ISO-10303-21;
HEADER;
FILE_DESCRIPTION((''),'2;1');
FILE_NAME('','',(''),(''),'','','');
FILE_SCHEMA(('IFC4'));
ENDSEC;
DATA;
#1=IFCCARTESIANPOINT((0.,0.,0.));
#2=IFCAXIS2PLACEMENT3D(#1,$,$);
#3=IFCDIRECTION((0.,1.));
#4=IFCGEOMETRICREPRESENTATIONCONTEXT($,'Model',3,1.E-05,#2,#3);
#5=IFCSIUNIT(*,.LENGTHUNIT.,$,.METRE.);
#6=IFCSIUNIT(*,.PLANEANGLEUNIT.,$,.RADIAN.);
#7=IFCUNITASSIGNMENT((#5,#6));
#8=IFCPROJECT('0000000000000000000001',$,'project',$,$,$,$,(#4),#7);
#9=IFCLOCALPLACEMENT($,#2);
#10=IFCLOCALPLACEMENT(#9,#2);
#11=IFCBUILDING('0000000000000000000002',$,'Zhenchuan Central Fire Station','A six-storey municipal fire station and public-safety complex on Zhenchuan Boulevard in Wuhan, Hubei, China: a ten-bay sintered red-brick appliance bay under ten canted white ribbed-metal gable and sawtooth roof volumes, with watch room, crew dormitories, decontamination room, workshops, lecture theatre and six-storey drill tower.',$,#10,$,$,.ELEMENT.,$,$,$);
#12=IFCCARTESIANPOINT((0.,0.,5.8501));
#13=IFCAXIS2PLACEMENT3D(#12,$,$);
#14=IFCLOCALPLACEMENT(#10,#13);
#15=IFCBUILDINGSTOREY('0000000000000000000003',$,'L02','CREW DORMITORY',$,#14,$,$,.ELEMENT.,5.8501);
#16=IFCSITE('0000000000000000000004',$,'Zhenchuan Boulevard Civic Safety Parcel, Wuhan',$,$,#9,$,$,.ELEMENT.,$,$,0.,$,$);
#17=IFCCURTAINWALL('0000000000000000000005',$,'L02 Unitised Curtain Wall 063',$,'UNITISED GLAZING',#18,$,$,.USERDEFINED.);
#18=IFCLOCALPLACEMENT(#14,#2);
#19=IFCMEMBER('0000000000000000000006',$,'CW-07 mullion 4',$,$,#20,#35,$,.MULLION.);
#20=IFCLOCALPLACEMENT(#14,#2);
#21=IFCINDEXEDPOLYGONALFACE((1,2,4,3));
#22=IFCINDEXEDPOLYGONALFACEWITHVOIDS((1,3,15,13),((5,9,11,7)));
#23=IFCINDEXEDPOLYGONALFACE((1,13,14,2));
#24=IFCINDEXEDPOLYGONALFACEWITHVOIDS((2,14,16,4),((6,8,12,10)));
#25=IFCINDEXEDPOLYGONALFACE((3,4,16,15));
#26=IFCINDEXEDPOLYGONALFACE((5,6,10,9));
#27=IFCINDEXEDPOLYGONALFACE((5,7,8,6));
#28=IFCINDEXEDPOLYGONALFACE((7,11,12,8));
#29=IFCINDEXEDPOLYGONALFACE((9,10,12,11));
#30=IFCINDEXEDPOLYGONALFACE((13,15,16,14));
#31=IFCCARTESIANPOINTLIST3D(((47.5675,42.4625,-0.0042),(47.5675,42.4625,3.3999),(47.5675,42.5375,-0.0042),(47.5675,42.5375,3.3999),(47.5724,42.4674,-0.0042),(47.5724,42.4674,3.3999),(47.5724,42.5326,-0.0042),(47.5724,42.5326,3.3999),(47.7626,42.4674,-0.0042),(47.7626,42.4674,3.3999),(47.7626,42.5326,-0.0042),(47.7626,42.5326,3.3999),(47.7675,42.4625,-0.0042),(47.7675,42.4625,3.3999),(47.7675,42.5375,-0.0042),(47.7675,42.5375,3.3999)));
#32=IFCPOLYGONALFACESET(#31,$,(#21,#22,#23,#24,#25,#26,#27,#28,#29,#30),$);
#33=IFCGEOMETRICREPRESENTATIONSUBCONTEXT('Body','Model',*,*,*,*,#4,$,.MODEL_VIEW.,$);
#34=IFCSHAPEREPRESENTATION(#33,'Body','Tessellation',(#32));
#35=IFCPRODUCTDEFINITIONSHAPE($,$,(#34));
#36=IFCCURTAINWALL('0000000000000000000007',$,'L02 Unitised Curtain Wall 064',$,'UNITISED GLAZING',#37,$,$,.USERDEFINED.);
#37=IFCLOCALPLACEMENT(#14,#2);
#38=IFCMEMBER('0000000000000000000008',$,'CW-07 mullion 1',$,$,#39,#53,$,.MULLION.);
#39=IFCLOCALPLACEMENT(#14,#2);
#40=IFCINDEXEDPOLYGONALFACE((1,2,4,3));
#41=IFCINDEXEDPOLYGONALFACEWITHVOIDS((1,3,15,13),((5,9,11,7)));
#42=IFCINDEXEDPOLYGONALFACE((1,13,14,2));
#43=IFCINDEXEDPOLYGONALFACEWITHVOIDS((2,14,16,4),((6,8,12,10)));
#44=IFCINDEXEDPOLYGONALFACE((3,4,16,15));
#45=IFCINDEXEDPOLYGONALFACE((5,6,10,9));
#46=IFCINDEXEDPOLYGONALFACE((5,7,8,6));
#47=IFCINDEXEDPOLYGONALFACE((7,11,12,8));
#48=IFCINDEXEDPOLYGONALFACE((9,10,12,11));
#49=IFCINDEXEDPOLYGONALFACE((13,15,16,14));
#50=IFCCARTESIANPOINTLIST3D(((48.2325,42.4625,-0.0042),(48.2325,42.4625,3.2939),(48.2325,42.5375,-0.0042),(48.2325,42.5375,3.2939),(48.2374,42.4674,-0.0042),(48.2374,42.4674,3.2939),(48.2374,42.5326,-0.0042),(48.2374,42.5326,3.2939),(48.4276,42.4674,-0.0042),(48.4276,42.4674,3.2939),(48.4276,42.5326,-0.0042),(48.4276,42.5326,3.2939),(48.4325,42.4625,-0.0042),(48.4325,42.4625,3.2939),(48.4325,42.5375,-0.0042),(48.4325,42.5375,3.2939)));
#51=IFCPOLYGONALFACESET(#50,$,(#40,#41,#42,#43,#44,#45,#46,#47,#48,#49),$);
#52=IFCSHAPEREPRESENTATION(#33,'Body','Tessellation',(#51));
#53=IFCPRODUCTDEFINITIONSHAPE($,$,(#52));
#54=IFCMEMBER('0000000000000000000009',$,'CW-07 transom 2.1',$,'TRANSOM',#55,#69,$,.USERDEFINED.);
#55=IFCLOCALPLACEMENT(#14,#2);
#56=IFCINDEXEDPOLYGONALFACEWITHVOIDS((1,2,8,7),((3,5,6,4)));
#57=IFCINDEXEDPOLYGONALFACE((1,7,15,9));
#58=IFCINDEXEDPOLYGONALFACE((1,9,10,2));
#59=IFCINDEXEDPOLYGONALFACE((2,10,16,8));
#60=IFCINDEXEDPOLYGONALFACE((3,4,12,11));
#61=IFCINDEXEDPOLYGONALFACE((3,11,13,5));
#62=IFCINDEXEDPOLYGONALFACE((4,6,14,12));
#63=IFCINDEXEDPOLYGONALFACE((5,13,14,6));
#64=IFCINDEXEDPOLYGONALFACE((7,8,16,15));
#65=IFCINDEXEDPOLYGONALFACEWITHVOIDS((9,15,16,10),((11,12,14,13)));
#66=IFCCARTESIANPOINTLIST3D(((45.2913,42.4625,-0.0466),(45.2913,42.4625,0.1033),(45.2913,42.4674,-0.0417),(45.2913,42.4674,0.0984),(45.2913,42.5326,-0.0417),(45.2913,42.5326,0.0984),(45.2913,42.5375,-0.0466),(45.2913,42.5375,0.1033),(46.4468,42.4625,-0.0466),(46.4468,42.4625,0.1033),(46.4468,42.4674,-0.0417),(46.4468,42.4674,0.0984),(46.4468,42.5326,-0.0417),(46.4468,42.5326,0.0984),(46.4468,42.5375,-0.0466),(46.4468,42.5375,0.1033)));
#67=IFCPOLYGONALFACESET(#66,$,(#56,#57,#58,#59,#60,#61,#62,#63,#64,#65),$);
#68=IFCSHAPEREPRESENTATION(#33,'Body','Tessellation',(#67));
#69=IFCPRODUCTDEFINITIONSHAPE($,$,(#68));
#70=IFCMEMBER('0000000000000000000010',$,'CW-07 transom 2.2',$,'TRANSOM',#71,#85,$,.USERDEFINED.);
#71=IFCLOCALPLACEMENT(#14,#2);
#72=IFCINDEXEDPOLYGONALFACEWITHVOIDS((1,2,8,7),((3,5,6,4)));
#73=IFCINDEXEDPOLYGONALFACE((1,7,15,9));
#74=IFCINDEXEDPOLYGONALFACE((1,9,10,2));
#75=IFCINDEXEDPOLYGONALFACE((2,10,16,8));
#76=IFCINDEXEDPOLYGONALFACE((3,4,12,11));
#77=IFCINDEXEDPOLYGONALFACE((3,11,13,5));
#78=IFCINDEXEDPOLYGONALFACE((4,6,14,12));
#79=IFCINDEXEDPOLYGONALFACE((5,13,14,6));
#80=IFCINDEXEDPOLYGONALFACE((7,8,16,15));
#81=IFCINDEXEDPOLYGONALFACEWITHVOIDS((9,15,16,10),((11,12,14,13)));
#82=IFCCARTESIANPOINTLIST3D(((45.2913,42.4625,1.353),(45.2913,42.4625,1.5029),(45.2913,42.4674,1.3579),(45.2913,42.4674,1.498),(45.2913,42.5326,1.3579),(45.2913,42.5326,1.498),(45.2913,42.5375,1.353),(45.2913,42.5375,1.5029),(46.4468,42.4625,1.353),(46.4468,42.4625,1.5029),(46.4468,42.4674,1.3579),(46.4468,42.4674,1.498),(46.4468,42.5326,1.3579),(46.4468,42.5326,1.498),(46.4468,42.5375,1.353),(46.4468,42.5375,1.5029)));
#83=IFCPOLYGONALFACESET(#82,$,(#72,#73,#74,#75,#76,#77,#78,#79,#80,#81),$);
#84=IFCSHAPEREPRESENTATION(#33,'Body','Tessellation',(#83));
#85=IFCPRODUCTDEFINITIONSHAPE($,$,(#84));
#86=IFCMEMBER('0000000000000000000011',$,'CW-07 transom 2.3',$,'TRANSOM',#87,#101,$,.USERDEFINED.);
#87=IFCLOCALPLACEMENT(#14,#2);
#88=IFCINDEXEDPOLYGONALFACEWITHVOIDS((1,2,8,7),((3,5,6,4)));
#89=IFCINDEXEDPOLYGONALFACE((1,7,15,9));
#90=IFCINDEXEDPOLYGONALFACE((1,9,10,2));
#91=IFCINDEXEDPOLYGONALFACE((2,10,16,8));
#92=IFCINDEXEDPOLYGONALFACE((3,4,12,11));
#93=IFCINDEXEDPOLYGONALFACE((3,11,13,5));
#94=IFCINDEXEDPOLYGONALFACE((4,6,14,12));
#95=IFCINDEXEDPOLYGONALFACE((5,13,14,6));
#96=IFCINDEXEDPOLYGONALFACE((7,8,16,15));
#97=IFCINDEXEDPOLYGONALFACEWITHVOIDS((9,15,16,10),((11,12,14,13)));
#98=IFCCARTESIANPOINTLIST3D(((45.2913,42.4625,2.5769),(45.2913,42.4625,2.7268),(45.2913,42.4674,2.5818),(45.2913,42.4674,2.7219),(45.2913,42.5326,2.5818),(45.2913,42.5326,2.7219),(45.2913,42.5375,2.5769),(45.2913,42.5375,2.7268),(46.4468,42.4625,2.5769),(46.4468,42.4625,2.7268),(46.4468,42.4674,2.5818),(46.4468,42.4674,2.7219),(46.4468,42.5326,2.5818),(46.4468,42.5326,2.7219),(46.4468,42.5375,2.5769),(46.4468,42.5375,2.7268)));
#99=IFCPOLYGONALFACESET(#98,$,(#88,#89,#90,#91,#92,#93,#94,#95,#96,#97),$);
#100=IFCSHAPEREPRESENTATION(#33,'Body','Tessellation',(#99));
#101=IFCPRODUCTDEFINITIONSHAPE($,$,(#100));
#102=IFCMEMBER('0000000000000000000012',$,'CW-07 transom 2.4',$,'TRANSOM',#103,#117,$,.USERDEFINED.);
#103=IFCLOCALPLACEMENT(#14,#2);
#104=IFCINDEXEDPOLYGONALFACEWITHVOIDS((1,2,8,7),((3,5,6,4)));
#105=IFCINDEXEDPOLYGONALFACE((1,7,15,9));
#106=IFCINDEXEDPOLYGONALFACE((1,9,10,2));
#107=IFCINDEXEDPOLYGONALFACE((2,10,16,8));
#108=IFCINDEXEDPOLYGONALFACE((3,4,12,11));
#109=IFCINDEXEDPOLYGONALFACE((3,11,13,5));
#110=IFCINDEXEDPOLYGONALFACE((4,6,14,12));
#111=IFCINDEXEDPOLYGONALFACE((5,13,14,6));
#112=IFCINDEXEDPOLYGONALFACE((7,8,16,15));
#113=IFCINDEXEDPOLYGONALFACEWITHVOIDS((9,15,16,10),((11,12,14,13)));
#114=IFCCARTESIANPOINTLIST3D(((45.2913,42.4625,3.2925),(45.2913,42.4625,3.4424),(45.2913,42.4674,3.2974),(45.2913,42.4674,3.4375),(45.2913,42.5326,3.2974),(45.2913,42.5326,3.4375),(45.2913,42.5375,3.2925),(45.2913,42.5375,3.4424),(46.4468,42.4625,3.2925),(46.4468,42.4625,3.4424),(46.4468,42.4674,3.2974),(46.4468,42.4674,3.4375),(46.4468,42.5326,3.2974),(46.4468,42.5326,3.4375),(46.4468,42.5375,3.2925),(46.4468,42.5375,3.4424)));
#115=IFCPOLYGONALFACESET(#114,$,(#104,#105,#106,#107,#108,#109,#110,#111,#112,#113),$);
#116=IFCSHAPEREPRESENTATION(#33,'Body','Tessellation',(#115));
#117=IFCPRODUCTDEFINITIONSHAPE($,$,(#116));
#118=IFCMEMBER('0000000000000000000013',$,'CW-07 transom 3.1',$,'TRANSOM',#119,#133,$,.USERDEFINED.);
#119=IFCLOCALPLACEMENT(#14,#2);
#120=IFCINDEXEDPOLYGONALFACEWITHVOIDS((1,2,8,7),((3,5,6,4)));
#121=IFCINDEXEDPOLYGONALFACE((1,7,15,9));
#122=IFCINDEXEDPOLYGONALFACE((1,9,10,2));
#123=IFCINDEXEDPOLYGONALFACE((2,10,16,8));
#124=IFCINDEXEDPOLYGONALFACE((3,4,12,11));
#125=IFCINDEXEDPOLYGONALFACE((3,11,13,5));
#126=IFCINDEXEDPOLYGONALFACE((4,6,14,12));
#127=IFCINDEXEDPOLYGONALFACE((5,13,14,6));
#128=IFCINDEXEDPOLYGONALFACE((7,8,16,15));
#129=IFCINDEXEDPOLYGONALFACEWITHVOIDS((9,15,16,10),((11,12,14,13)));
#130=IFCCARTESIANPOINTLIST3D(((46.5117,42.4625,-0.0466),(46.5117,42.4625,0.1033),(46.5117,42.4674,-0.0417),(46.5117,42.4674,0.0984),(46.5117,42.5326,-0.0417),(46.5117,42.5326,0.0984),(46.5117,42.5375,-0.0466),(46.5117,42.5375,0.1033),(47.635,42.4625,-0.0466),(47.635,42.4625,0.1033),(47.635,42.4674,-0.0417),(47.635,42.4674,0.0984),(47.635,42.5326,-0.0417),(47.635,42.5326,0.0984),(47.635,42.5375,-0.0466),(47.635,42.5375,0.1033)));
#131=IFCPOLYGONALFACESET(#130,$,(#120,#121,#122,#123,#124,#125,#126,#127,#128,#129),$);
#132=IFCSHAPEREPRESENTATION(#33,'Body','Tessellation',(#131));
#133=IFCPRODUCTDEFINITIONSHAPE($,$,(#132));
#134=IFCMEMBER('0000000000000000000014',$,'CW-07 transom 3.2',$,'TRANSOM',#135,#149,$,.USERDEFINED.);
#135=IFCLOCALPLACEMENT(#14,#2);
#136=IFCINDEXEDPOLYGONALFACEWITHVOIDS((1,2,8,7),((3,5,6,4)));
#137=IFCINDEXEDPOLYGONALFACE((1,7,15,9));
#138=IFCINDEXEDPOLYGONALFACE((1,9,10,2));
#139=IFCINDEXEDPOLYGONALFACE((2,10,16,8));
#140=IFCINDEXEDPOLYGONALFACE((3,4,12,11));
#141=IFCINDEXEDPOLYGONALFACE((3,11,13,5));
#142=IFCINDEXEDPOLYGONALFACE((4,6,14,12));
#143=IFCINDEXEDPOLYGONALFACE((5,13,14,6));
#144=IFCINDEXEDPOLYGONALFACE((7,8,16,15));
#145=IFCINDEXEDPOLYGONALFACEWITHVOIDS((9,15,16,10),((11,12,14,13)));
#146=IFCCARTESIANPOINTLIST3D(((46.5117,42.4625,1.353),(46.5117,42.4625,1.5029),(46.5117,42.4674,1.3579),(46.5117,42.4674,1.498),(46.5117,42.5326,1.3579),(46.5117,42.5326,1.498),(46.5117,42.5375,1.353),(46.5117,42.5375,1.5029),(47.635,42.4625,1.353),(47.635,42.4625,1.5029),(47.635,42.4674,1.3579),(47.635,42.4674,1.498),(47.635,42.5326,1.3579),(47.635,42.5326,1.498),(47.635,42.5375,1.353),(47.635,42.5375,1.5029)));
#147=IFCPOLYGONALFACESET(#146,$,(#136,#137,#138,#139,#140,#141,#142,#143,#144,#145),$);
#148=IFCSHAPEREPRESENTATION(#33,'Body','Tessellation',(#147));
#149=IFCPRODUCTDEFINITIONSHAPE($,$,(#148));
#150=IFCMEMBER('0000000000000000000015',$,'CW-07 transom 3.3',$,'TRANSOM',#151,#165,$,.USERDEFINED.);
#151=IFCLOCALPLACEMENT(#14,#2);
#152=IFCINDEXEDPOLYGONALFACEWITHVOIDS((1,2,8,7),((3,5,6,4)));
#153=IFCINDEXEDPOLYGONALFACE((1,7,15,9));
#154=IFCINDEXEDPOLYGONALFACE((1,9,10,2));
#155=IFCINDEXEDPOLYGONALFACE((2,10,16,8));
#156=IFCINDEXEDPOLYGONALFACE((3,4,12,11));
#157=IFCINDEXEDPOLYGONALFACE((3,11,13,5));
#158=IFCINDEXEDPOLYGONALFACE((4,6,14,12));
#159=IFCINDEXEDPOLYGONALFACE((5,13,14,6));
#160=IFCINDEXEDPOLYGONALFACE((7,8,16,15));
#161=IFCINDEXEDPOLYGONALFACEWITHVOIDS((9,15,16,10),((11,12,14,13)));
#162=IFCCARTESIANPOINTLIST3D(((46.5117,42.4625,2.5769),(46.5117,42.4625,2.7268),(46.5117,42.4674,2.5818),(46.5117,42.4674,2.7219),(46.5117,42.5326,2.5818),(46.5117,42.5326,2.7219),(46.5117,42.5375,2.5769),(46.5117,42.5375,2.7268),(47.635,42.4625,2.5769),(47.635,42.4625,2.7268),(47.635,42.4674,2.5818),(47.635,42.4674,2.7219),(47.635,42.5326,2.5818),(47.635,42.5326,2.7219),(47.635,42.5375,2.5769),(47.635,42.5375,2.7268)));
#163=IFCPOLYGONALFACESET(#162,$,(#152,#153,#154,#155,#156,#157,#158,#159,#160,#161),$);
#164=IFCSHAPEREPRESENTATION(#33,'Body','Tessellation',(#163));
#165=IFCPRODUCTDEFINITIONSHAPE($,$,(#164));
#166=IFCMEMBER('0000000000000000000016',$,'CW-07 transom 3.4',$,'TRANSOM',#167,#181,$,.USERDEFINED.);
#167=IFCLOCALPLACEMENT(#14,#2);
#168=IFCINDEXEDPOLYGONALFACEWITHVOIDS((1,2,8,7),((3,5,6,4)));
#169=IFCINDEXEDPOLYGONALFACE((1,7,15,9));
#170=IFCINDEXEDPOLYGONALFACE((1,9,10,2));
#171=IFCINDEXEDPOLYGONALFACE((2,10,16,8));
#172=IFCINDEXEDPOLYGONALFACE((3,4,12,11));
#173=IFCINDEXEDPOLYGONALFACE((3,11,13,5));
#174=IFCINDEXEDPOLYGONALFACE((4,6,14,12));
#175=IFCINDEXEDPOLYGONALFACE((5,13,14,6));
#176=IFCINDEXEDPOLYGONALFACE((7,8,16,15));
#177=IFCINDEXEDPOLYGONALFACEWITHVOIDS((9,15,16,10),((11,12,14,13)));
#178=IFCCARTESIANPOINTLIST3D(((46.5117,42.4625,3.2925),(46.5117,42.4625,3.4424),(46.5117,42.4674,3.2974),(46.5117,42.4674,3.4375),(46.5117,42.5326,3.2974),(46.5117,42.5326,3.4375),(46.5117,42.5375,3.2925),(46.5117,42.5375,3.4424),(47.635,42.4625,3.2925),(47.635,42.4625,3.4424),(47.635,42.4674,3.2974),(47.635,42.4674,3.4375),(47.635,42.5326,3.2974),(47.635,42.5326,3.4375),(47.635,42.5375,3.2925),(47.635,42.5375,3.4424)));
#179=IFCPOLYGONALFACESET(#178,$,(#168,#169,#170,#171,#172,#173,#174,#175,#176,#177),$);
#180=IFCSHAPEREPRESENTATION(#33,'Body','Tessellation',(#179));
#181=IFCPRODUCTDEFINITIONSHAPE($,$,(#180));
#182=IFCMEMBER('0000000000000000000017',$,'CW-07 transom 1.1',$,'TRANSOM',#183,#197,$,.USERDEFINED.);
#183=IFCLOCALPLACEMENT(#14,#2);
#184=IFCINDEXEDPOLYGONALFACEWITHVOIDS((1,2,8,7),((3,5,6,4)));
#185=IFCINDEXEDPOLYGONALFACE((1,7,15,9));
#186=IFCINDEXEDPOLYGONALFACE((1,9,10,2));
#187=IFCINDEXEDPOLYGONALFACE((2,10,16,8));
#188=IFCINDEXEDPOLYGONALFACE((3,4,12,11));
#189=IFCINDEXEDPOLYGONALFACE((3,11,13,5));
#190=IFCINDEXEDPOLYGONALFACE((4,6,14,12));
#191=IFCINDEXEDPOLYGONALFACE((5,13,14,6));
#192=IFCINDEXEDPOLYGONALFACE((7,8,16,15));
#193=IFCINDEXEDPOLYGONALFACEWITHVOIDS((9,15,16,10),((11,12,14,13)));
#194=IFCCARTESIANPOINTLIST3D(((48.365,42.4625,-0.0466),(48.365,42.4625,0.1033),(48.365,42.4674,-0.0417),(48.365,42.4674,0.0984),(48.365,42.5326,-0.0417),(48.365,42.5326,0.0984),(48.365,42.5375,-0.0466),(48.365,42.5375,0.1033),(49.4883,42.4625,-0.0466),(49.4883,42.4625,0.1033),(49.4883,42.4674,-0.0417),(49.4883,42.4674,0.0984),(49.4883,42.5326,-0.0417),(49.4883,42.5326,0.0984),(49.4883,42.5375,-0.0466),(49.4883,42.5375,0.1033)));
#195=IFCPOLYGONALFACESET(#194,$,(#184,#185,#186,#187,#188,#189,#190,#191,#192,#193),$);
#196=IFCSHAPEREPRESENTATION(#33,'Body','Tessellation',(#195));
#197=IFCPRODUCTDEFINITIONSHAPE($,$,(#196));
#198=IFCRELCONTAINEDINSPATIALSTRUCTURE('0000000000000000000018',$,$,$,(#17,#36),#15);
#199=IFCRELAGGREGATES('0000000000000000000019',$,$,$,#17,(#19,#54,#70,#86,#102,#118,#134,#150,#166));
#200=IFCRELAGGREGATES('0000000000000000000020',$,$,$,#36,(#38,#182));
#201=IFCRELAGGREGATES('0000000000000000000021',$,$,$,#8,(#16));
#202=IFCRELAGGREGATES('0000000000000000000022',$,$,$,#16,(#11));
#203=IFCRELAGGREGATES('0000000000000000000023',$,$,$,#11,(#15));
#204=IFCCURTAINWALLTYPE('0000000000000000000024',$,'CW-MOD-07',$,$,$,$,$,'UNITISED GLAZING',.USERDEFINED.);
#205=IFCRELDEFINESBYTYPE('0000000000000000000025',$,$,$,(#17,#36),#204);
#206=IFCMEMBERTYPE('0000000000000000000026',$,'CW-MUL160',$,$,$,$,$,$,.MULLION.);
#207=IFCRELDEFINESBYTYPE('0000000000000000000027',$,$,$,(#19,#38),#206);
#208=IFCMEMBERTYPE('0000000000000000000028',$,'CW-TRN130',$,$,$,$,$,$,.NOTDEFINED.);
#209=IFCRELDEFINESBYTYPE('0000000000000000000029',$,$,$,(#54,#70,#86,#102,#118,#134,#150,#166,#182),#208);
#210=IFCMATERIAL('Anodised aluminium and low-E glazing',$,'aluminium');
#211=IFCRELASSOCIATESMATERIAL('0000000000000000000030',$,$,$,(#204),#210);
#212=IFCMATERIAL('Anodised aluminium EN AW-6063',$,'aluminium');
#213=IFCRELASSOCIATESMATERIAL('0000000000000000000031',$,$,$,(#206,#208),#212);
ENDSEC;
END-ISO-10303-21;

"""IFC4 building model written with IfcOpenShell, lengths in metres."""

from ifc_helpers import new_model, si_unit, direction, frame, origin, origin_2d, place, context, subcontext, project, spatial, hollow_rectangle, extrude, material, material_profile, profile_set, type_object, element, aggregate, save


model = new_model("IFC4")

# Units and contexts
model_context = context("Model", 3, precision=1e-05, world=origin(), true_north=direction((0.0, 1.0)))
body_context = subcontext(model_context, "Body", "Model", "MODEL_VIEW")
ifc_project = project(units=[si_unit("LENGTHUNIT", "METRE"), si_unit("PLANEANGLEUNIT", "RADIAN")], contexts=[model_context])

# Site, building, storey
site_placement = place(None, origin())
site = spatial("IfcSite", under=ifc_project, at=site_placement, Name="Zhenchuan Boulevard Civic Safety Parcel, Wuhan", CompositionType="ELEMENT", RefElevation=0.0)
building_placement = place(site_placement, origin())
building = spatial("IfcBuilding", under=site, at=building_placement, Name="Zhenchuan Central Fire Station", Description="A six-storey municipal fire station and public-safety complex on Zhenchuan Boulevard in Wuhan, Hubei, China: a ten-bay sintered red-brick appliance bay under ten canted white ribbed-metal gable and sawtooth roof volumes, with watch room, crew dormitories, decontamination room, workshops, lecture theatre and six-storey drill tower.", CompositionType="ELEMENT")
storey_placement = place(building_placement, frame((0.0, 0.0, 5.8501)))
storey = spatial("IfcBuildingStorey", under=building, at=storey_placement, Name="L02", Description="CREW DORMITORY", CompositionType="ELEMENT", Elevation=5.8501)

# Curtain wall, member
ifc_material_1 = material(Name="Anodised aluminium and low-E glazing", Category="aluminium")
curtain_wall_type = type_object("IfcCurtainWallType", Name="CW-MOD-07", ElementType="UNITISED GLAZING", PredefinedType="USERDEFINED", material=ifc_material_1)
curtain_wall_1_placement = place(storey_placement, origin())
curtain_wall_1 = element("IfcCurtainWall", 1, at=curtain_wall_1_placement, inside=storey, type_object=curtain_wall_type, Name="L02 Unitised Curtain Wall 063", ObjectType="UNITISED GLAZING", PredefinedType="USERDEFINED")
ifc_material_2 = material(Name="Anodised aluminium EN AW-6063", Category="aluminium")
ifc_material_profile_1 = material_profile(ifc_material_2, hollow_rectangle(XDim=0.075, YDim=0.2, WallThickness=0.0049, at=origin_2d()), Name="ALU-M 200x75")
ifc_profile_set_1 = profile_set([ifc_material_profile_1], Name="Anodised aluminium EN AW-6063")
member_type_1 = type_object("IfcMemberType", Name="CW-MUL160", PredefinedType="MULLION", material=ifc_profile_set_1)
member_1_placement = place(storey_placement, frame((47.6675, 42.5, -0.0042), z_axis=(0.0, 0.0, 1.0), x_axis=(0.0, 1.0, 0.0)))
member_1 = element("IfcMember", 2, at=member_1_placement, type_object=member_type_1, Name="CW-07 mullion 4", PredefinedType="MULLION", context=body_context, shape_type="SweptSolid", body=[
    extrude(hollow_rectangle(XDim=0.075, YDim=0.2, WallThickness=0.0049, at=origin_2d()), origin(), (0.0, 0.0, 1.0), 3.4041),
])

# Curtain wall, member
curtain_wall_2_placement = place(storey_placement, origin())
curtain_wall_2 = element("IfcCurtainWall", 3, at=curtain_wall_2_placement, inside=storey, type_object=curtain_wall_type, Name="L02 Unitised Curtain Wall 064", ObjectType="UNITISED GLAZING", PredefinedType="USERDEFINED")
member_2_placement = place(storey_placement, frame((48.3325, 42.5, -0.0042), z_axis=(0.0, 0.0, 1.0), x_axis=(0.0, 1.0, 0.0)))
member_2 = element("IfcMember", 4, at=member_2_placement, type_object=member_type_1, Name="CW-07 mullion 1", PredefinedType="MULLION", context=body_context, shape_type="SweptSolid", body=[
    extrude(hollow_rectangle(XDim=0.075, YDim=0.2, WallThickness=0.0049, at=origin_2d()), origin(), (0.0, 0.0, 1.0), 3.2981),
])

# Members
ifc_material_profile_2 = material_profile(ifc_material_2, hollow_rectangle(XDim=0.075, YDim=0.1499, WallThickness=0.0049, at=origin_2d()), Name="ALU-T 150x75")
ifc_profile_set_2 = profile_set([ifc_material_profile_2], Name="Anodised aluminium EN AW-6063")
member_type_2 = type_object("IfcMemberType", Name="CW-TRN130", PredefinedType="NOTDEFINED", material=ifc_profile_set_2)
member_3_placement = place(storey_placement, frame((45.2913, 42.5, 0.0283), z_axis=(1.0, 0.0, 0.0), x_axis=(0.0, 1.0, 0.0)))
member_3 = element("IfcMember", 5, at=member_3_placement, type_object=member_type_2, Name="CW-07 transom 2.1", ObjectType="TRANSOM", PredefinedType="USERDEFINED", context=body_context, shape_type="SweptSolid", body=[
    extrude(hollow_rectangle(XDim=0.075, YDim=0.1499, WallThickness=0.0049, at=origin_2d()), origin(), (0.0, 0.0, 1.0), 1.1555),
])
member_4_placement = place(storey_placement, frame((45.2913, 42.5, 1.428), z_axis=(1.0, 0.0, 0.0), x_axis=(0.0, 1.0, 0.0)))
member_4 = element("IfcMember", 6, at=member_4_placement, type_object=member_type_2, Name="CW-07 transom 2.2", ObjectType="TRANSOM", PredefinedType="USERDEFINED", context=body_context, shape_type="SweptSolid", body=[
    extrude(hollow_rectangle(XDim=0.075, YDim=0.1499, WallThickness=0.0049, at=origin_2d()), origin(), (0.0, 0.0, 1.0), 1.1555),
])
member_5_placement = place(storey_placement, frame((45.2913, 42.5, 2.6519), z_axis=(1.0, 0.0, 0.0), x_axis=(0.0, 1.0, 0.0)))
member_5 = element("IfcMember", 7, at=member_5_placement, type_object=member_type_2, Name="CW-07 transom 2.3", ObjectType="TRANSOM", PredefinedType="USERDEFINED", context=body_context, shape_type="SweptSolid", body=[
    extrude(hollow_rectangle(XDim=0.075, YDim=0.1499, WallThickness=0.0049, at=origin_2d()), origin(), (0.0, 0.0, 1.0), 1.1555),
])
member_6_placement = place(storey_placement, frame((45.2913, 42.5, 3.3674), z_axis=(1.0, 0.0, 0.0), x_axis=(0.0, 1.0, 0.0)))
member_6 = element("IfcMember", 8, at=member_6_placement, type_object=member_type_2, Name="CW-07 transom 2.4", ObjectType="TRANSOM", PredefinedType="USERDEFINED", context=body_context, shape_type="SweptSolid", body=[
    extrude(hollow_rectangle(XDim=0.075, YDim=0.1499, WallThickness=0.0049, at=origin_2d()), origin(), (0.0, 0.0, 1.0), 1.1555),
])
member_7_placement = place(storey_placement, frame((46.5117, 42.5, 0.0283), z_axis=(1.0, 0.0, 0.0), x_axis=(0.0, 1.0, 0.0)))
member_7 = element("IfcMember", 9, at=member_7_placement, type_object=member_type_2, Name="CW-07 transom 3.1", ObjectType="TRANSOM", PredefinedType="USERDEFINED", context=body_context, shape_type="SweptSolid", body=[
    extrude(hollow_rectangle(XDim=0.075, YDim=0.1499, WallThickness=0.0049, at=origin_2d()), origin(), (0.0, 0.0, 1.0), 1.1233),
])
member_8_placement = place(storey_placement, frame((46.5117, 42.5, 1.428), z_axis=(1.0, 0.0, 0.0), x_axis=(0.0, 1.0, 0.0)))
member_8 = element("IfcMember", 10, at=member_8_placement, type_object=member_type_2, Name="CW-07 transom 3.2", ObjectType="TRANSOM", PredefinedType="USERDEFINED", context=body_context, shape_type="SweptSolid", body=[
    extrude(hollow_rectangle(XDim=0.075, YDim=0.1499, WallThickness=0.0049, at=origin_2d()), origin(), (0.0, 0.0, 1.0), 1.1233),
])
member_9_placement = place(storey_placement, frame((46.5117, 42.5, 2.6519), z_axis=(1.0, 0.0, 0.0), x_axis=(0.0, 1.0, 0.0)))
member_9 = element("IfcMember", 11, at=member_9_placement, type_object=member_type_2, Name="CW-07 transom 3.3", ObjectType="TRANSOM", PredefinedType="USERDEFINED", context=body_context, shape_type="SweptSolid", body=[
    extrude(hollow_rectangle(XDim=0.075, YDim=0.1499, WallThickness=0.0049, at=origin_2d()), origin(), (0.0, 0.0, 1.0), 1.1233),
])
member_10_placement = place(storey_placement, frame((46.5117, 42.5, 3.3674), z_axis=(1.0, 0.0, 0.0), x_axis=(0.0, 1.0, 0.0)))
member_10 = element("IfcMember", 12, at=member_10_placement, type_object=member_type_2, Name="CW-07 transom 3.4", ObjectType="TRANSOM", PredefinedType="USERDEFINED", context=body_context, shape_type="SweptSolid", body=[
    extrude(hollow_rectangle(XDim=0.075, YDim=0.1499, WallThickness=0.0049, at=origin_2d()), origin(), (0.0, 0.0, 1.0), 1.1233),
])
member_11_placement = place(storey_placement, frame((48.365, 42.5, 0.0283), z_axis=(1.0, 0.0, 0.0), x_axis=(0.0, 1.0, 0.0)))
member_11 = element("IfcMember", 13, at=member_11_placement, type_object=member_type_2, Name="CW-07 transom 1.1", ObjectType="TRANSOM", PredefinedType="USERDEFINED", context=body_context, shape_type="SweptSolid", body=[
    extrude(hollow_rectangle(XDim=0.075, YDim=0.1499, WallThickness=0.0049, at=origin_2d()), origin(), (0.0, 0.0, 1.0), 1.1233),
])

aggregate(curtain_wall_1, [member_1, member_3, member_4, member_5, member_6, member_7, member_8, member_9, member_10])
aggregate(curtain_wall_2, [member_2, member_11])

save(model, "model.ifc")
